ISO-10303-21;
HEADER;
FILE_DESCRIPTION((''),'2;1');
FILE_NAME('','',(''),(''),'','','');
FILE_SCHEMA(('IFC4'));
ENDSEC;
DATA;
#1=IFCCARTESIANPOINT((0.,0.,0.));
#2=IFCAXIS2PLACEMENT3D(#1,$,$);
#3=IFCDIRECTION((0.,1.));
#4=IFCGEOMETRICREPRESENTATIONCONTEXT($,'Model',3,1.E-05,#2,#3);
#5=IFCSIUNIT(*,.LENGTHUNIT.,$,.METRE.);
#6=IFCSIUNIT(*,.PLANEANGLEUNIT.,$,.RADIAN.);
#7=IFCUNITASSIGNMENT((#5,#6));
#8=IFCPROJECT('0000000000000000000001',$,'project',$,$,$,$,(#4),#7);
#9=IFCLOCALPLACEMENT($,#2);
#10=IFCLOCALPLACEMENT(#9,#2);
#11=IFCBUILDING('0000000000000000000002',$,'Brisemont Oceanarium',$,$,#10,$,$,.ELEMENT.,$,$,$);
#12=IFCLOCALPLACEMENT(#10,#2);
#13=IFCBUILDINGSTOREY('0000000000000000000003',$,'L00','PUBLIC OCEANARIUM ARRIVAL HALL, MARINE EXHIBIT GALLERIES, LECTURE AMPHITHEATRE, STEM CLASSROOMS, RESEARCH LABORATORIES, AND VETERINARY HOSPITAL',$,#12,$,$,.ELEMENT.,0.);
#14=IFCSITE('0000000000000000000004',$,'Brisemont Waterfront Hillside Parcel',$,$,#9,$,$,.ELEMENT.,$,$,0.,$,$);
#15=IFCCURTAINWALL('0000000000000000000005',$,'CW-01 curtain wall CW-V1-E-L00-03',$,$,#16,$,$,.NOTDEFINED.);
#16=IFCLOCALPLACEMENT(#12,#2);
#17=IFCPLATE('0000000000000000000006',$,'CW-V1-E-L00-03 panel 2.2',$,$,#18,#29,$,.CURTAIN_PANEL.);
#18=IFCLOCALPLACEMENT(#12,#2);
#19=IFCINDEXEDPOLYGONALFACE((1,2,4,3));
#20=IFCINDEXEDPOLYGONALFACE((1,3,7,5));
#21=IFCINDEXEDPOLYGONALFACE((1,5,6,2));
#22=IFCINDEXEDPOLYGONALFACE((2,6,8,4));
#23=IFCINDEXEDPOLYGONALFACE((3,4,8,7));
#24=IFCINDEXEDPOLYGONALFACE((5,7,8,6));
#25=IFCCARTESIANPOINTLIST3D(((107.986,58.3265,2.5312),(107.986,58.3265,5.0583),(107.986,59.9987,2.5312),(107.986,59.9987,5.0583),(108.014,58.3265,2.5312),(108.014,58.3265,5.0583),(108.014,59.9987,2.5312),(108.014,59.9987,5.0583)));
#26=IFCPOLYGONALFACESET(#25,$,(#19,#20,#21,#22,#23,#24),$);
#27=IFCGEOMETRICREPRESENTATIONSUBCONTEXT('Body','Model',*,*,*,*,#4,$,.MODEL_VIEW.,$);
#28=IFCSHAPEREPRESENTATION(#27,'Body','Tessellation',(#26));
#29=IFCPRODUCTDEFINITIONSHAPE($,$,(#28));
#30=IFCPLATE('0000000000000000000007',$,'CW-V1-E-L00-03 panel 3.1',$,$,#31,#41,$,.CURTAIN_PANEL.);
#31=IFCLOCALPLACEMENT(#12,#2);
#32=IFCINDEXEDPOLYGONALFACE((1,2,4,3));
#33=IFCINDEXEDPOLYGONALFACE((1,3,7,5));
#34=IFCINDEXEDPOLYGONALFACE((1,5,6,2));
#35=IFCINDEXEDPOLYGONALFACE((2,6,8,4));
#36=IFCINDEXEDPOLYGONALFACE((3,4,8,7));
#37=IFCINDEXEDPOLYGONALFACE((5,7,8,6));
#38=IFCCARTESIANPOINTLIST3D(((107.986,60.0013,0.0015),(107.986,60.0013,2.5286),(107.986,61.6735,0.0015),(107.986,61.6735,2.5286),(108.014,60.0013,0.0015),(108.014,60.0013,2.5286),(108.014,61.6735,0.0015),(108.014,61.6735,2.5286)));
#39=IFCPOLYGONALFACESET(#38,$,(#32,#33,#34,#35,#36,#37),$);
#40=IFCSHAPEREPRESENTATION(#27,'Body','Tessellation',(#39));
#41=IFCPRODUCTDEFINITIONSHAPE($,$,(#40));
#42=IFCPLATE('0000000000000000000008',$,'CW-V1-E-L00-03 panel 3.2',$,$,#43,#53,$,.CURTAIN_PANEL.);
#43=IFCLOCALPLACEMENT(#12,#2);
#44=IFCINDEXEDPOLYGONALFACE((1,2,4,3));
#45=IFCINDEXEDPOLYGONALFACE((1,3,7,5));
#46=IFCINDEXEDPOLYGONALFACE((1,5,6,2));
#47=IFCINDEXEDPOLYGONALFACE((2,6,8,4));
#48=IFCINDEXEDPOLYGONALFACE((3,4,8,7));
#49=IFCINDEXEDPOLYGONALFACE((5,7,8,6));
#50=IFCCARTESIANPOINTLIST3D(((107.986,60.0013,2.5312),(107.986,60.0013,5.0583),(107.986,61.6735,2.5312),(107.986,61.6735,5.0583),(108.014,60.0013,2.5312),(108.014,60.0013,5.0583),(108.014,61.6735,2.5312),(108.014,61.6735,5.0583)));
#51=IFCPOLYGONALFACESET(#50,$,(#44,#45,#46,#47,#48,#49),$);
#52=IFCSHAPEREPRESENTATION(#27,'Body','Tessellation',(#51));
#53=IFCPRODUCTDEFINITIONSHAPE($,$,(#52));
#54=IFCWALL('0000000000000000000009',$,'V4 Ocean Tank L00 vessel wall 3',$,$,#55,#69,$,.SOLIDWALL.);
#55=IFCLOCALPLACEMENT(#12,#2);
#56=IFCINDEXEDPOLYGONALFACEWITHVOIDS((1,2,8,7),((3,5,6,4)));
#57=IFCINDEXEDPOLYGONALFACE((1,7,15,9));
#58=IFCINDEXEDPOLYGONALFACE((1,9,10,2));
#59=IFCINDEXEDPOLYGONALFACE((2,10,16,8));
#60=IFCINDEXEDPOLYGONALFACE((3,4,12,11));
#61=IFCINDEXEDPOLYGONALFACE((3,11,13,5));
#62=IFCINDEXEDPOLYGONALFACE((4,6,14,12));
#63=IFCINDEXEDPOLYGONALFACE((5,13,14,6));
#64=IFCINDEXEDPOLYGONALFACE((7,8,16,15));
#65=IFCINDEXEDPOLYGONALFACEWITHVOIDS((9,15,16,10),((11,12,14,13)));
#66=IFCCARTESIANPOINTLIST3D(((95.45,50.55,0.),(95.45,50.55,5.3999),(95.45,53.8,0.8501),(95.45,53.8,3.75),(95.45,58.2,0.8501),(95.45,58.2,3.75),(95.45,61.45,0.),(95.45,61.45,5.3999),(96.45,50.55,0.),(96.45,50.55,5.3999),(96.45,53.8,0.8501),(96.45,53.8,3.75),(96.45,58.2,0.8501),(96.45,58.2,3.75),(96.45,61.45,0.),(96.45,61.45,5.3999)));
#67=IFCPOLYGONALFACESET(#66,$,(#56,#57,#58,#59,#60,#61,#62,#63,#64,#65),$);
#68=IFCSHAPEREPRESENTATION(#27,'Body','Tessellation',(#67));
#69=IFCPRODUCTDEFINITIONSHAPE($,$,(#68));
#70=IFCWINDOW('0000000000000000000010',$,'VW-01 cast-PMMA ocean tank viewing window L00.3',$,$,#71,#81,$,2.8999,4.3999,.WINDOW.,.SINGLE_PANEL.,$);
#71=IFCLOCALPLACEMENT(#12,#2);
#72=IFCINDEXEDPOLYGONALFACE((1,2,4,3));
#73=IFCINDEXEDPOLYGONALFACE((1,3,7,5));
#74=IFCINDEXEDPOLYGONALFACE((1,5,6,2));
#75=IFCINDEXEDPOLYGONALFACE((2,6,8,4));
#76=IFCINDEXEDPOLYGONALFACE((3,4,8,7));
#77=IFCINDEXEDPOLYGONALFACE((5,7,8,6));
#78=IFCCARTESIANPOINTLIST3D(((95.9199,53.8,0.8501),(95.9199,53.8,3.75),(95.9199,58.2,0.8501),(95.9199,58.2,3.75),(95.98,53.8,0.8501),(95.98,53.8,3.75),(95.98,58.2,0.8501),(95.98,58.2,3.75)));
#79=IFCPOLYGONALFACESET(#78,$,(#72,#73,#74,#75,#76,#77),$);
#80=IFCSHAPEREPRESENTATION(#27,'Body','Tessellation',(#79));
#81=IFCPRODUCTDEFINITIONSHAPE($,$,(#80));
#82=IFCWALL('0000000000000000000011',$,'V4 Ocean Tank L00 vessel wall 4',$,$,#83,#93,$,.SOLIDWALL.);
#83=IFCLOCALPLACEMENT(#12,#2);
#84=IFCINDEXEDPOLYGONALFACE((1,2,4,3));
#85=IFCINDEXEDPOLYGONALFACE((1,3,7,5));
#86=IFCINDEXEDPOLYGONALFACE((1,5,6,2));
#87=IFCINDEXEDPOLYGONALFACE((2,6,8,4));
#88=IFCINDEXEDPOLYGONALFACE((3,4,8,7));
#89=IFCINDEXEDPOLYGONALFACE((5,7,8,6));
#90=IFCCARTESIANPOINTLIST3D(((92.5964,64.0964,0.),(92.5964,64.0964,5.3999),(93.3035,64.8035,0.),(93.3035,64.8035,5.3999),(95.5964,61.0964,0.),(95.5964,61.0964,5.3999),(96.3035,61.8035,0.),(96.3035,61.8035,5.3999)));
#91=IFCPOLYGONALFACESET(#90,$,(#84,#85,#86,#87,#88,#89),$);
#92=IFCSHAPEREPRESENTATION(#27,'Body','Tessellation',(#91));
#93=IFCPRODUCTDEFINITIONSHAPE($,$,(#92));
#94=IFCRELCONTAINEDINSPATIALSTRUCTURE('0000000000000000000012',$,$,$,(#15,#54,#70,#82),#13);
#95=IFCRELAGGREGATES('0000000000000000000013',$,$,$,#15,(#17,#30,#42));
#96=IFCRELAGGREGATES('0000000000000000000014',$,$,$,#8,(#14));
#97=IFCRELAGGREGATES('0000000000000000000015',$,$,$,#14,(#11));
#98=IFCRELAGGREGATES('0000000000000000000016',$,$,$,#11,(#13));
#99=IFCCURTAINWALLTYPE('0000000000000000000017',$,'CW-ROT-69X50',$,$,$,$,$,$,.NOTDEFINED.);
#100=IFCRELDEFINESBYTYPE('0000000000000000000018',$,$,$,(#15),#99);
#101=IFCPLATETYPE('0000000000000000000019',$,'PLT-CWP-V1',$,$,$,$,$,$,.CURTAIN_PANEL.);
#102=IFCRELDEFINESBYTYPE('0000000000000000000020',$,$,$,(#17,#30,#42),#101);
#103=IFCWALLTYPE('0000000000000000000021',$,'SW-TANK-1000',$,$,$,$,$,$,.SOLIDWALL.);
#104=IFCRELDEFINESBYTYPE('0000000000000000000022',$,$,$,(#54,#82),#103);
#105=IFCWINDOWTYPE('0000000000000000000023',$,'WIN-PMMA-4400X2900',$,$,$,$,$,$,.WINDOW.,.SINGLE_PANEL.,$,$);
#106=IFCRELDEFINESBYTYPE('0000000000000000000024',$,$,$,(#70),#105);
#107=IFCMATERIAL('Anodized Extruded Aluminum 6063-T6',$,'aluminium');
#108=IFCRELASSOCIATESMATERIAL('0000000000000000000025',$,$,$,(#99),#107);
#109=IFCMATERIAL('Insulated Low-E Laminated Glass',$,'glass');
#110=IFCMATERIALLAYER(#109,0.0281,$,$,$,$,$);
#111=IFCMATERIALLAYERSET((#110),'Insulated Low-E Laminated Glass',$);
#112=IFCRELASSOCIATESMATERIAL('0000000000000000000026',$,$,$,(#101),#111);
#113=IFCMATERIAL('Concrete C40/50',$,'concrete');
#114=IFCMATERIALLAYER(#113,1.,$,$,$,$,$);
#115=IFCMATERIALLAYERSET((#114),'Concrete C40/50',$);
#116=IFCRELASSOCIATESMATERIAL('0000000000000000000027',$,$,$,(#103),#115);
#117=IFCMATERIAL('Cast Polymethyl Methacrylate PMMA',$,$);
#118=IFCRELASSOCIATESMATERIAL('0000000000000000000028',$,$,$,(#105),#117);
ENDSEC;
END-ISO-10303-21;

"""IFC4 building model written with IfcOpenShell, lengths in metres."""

from ifc_helpers import new_model, si_unit, direction, frame, frame_2d, origin, origin_2d, place, context, subcontext, project, spatial, rectangle, extrude, material, layer, layer_set, type_object, element, fill, aggregate, save


model = new_model("IFC4")

# Units and contexts
model_context = context("Model", 3, precision=1e-05, world=origin(), true_north=direction((0.0, 1.0)))
body_context = subcontext(model_context, "Body", "Model", "MODEL_VIEW")
ifc_project = project(units=[si_unit("LENGTHUNIT", "METRE"), si_unit("PLANEANGLEUNIT", "RADIAN")], contexts=[model_context])

# Site, building, storey
site_placement = place(None, origin())
site = spatial("IfcSite", under=ifc_project, at=site_placement, Name="Brisemont Waterfront Hillside Parcel", CompositionType="ELEMENT", RefElevation=0.0)
building_placement = place(site_placement, origin())
building = spatial("IfcBuilding", under=site, at=building_placement, Name="Brisemont Oceanarium", CompositionType="ELEMENT")
storey_placement = place(building_placement, origin())
storey = spatial("IfcBuildingStorey", under=building, at=storey_placement, Name="L00", Description="PUBLIC OCEANARIUM ARRIVAL HALL, MARINE EXHIBIT GALLERIES, LECTURE AMPHITHEATRE, STEM CLASSROOMS, RESEARCH LABORATORIES, AND VETERINARY HOSPITAL", CompositionType="ELEMENT", Elevation=0.0)

# Curtain wall
ifc_material_1 = material(Name="Anodized Extruded Aluminum 6063-T6", Category="aluminium")
curtain_wall_type = type_object("IfcCurtainWallType", Name="CW-ROT-69X50", PredefinedType="NOTDEFINED", material=ifc_material_1)
curtain_wall_1_placement = place(storey_placement, origin())
curtain_wall_1 = element("IfcCurtainWall", 1, at=curtain_wall_1_placement, inside=storey, type_object=curtain_wall_type, Name="CW-01 curtain wall CW-V1-E-L00-03", PredefinedType="NOTDEFINED")

# Plates
ifc_material_2 = material(Name="Insulated Low-E Laminated Glass", Category="glass")
ifc_layer_1 = layer(ifc_material_2, 0.0281)
ifc_layer_set_1 = layer_set([ifc_layer_1], Name="Insulated Low-E Laminated Glass")
plate_type = type_object("IfcPlateType", Name="PLT-CWP-V1", PredefinedType="CURTAIN_PANEL", material=ifc_layer_set_1)
plate_1_placement = place(storey_placement, frame((108.0, 59.1626, 2.5312), z_axis=(0.0, 0.0, 1.0), x_axis=(0.0, 1.0, 0.0)))
plate_1 = element("IfcPlate", 2, at=plate_1_placement, type_object=plate_type, Name="CW-V1-E-L00-03 panel 2.2", PredefinedType="CURTAIN_PANEL", context=body_context, shape_type="SweptSolid", body=[
    extrude(rectangle(XDim=1.6721, YDim=0.0281, at=origin_2d()), origin(), (0.0, 0.0, 1.0), 2.5271),
])
plate_2_placement = place(storey_placement, frame((108.0, 60.8374, 0.0015), z_axis=(0.0, 0.0, 1.0), x_axis=(0.0, 1.0, 0.0)))
plate_2 = element("IfcPlate", 3, at=plate_2_placement, type_object=plate_type, Name="CW-V1-E-L00-03 panel 3.1", PredefinedType="CURTAIN_PANEL", context=body_context, shape_type="SweptSolid", body=[
    extrude(rectangle(XDim=1.6721, YDim=0.0281, at=origin_2d()), origin(), (0.0, 0.0, 1.0), 2.5271),
])
plate_3_placement = place(storey_placement, frame((108.0, 60.8374, 2.5312), z_axis=(0.0, 0.0, 1.0), x_axis=(0.0, 1.0, 0.0)))
plate_3 = element("IfcPlate", 4, at=plate_3_placement, type_object=plate_type, Name="CW-V1-E-L00-03 panel 3.2", PredefinedType="CURTAIN_PANEL", context=body_context, shape_type="SweptSolid", body=[
    extrude(rectangle(XDim=1.6721, YDim=0.0281, at=origin_2d()), origin(), (0.0, 0.0, 1.0), 2.5271),
])
aggregate(curtain_wall_1, [plate_1, plate_2, plate_3])

# Wall, opening, window
ifc_material_3 = material(Name="Concrete C40/50", Category="concrete")
ifc_layer_2 = layer(ifc_material_3, 1.0)
ifc_layer_set_2 = layer_set([ifc_layer_2], Name="Concrete C40/50")
wall_type = type_object("IfcWallType", Name="SW-TANK-1000", PredefinedType="SOLIDWALL", material=ifc_layer_set_2)
wall_1_placement = place(storey_placement, frame((95.95, 50.55, 0.0), z_axis=(0.0, 0.0, 1.0), x_axis=(0.0, 1.0, 0.0)))
wall_1 = element("IfcWall", 5, at=wall_1_placement, inside=storey, type_object=wall_type, Name="V4 Ocean Tank L00 vessel wall 3", PredefinedType="SOLIDWALL", context=body_context, shape_type="SweptSolid", body=[
    extrude(rectangle(XDim=10.8999, YDim=1.0, at=frame_2d((5.45, 0.0))), origin(), (0.0, 0.0, 1.0), 5.3999),
])
opening_placement = place(wall_1_placement, frame((3.25, 0.0, 0.8501)))
opening = element("IfcOpeningElement", 6, at=opening_placement, cuts=wall_1, PredefinedType="OPENING", context=body_context, shape_type="SweptSolid", body=[
    extrude(rectangle(XDim=4.3999, YDim=2.8999, at=frame_2d((2.2, 1.45))), frame((0.0, 0.51, 0.0), z_axis=(0.0, -1.0, 0.0), x_axis=(1.0, 0.0, 0.0)), (0.0, 0.0, 1.0), 1.02),
])
ifc_material_4 = material(Name="Cast Polymethyl Methacrylate PMMA")
window_type = type_object("IfcWindowType", Name="WIN-PMMA-4400X2900", PartitioningType="SINGLE_PANEL", PredefinedType="WINDOW", material=ifc_material_4)
window_placement = place(opening_placement, origin())
window = element("IfcWindow", 7, at=window_placement, inside=storey, type_object=window_type, Name="VW-01 cast-PMMA ocean tank viewing window L00.3", OverallHeight=2.8999, OverallWidth=4.3999, PartitioningType="SINGLE_PANEL", PredefinedType="WINDOW", context=body_context, shape_type="SweptSolid", body=[
    extrude(rectangle(XDim=4.3999, YDim=2.8999, at=frame_2d((2.2, 1.45))), frame((0.0, 0.03, 0.0), z_axis=(0.0, -1.0, 0.0), x_axis=(1.0, 0.0, 0.0)), (0.0, 0.0, 1.0), 0.0601),
])
fill(opening, window)

# Wall
wall_2_placement = place(storey_placement, frame((95.95, 61.45, 0.0), z_axis=(0.0, 0.0, 1.0), x_axis=(-0.707107, 0.707107, 0.0)))
element("IfcWall", 8, at=wall_2_placement, inside=storey, type_object=wall_type, Name="V4 Ocean Tank L00 vessel wall 4", PredefinedType="SOLIDWALL", context=body_context, shape_type="SweptSolid", body=[
    extrude(rectangle(XDim=4.2427, YDim=1.0, at=frame_2d((2.1213, 0.0))), origin(), (0.0, 0.0, 1.0), 5.3999),
])

save(model, "model.ifc")
